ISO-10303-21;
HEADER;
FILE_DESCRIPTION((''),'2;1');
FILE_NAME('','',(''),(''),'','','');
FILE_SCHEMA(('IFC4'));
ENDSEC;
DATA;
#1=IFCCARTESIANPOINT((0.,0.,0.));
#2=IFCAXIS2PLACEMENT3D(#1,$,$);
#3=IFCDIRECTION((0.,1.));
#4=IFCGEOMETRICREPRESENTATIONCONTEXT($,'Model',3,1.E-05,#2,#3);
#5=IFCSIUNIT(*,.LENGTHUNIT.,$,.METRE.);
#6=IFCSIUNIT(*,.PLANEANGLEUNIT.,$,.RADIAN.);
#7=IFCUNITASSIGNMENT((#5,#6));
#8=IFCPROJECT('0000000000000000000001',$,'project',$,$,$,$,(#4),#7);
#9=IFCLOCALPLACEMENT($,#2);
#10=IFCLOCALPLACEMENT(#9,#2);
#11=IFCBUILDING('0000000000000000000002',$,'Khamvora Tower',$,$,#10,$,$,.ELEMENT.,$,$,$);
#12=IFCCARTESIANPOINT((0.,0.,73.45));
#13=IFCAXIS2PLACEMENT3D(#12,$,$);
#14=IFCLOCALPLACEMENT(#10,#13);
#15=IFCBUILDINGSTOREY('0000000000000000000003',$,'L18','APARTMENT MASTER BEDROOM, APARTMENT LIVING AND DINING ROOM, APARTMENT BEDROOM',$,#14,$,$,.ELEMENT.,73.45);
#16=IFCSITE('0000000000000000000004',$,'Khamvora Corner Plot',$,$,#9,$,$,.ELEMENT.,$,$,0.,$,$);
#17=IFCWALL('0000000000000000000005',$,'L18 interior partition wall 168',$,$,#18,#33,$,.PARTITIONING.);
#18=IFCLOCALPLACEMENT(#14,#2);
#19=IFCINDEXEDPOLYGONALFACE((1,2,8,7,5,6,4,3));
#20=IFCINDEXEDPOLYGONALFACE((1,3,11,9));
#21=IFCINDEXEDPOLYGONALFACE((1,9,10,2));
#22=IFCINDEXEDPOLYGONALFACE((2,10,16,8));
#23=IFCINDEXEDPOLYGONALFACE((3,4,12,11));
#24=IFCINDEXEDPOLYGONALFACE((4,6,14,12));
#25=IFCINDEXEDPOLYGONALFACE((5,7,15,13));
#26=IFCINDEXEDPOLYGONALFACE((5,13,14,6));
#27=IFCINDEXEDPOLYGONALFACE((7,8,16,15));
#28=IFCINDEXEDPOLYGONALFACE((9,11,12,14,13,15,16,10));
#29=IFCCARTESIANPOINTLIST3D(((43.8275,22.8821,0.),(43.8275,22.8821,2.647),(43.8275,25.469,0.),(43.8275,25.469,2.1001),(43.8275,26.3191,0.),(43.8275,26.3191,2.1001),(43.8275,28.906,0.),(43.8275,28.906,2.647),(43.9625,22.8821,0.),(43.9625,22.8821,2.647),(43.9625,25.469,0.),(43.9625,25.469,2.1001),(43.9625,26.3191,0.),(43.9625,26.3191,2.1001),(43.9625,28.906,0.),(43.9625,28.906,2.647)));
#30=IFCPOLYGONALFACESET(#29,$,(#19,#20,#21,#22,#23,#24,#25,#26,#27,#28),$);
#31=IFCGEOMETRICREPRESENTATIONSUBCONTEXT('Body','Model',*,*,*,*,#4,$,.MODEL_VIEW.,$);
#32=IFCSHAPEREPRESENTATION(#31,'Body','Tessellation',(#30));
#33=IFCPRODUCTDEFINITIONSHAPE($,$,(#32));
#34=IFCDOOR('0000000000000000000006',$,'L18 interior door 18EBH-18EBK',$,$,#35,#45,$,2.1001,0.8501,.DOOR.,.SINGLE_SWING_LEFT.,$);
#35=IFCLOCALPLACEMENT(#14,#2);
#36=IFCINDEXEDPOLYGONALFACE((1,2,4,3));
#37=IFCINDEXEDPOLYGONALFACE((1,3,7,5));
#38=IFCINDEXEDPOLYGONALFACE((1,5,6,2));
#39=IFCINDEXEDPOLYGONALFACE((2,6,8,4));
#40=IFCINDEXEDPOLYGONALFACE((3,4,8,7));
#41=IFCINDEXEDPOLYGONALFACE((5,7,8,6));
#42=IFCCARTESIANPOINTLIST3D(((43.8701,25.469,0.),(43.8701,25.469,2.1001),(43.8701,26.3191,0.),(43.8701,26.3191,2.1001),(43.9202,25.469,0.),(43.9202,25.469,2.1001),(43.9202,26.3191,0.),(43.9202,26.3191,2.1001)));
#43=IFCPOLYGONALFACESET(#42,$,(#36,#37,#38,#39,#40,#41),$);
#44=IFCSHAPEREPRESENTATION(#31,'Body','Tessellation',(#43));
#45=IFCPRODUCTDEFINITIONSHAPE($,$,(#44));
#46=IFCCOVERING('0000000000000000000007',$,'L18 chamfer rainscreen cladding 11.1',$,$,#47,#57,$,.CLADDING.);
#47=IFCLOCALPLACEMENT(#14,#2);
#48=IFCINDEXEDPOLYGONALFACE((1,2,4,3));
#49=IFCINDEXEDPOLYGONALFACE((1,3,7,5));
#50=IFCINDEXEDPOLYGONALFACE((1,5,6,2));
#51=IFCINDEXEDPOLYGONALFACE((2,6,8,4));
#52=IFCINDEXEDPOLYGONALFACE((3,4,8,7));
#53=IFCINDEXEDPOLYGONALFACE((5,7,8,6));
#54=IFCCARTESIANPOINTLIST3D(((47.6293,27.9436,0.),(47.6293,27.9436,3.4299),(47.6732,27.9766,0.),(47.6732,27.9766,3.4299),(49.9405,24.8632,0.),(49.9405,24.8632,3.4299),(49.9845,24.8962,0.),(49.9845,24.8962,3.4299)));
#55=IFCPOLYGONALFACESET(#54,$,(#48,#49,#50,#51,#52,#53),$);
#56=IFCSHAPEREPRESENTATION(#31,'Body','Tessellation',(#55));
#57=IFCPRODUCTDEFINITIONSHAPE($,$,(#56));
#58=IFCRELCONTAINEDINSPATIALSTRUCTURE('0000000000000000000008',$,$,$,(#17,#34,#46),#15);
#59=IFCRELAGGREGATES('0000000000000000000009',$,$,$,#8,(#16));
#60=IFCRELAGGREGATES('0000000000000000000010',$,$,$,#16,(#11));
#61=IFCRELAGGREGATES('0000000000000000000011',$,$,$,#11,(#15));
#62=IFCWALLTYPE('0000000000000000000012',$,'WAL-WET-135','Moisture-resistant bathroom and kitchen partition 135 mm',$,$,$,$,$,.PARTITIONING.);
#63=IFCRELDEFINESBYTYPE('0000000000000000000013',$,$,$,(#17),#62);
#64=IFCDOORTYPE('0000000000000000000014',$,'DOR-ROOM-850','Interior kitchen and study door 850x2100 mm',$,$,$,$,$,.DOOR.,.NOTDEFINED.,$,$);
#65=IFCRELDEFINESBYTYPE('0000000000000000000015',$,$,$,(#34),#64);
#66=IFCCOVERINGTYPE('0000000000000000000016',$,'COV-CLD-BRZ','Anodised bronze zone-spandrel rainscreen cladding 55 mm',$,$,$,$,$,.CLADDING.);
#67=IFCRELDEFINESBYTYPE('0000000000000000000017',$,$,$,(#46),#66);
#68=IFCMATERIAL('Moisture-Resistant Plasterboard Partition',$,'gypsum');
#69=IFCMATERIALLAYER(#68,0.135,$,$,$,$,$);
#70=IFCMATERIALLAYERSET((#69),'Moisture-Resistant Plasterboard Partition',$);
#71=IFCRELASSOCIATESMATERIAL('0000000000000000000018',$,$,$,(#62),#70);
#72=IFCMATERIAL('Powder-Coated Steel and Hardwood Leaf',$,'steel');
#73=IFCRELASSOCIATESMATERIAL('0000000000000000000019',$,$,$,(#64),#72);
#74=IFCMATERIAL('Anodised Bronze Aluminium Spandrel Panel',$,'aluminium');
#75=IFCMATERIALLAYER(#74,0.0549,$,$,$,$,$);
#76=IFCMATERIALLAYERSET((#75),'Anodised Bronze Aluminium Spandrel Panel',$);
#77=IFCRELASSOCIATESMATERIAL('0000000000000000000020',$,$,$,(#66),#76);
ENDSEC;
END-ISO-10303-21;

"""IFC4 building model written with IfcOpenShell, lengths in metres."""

from ifc_helpers import new_model, si_unit, direction, frame, frame_2d, origin, origin_2d, place, context, subcontext, project, spatial, rectangle, extrude, material, layer, layer_set, type_object, element, fill, save


model = new_model("IFC4")

# Units and contexts
model_context = context("Model", 3, precision=1e-05, world=origin(), true_north=direction((0.0, 1.0)))
body_context = subcontext(model_context, "Body", "Model", "MODEL_VIEW")
ifc_project = project(units=[si_unit("LENGTHUNIT", "METRE"), si_unit("PLANEANGLEUNIT", "RADIAN")], contexts=[model_context])

# Site, building, storey
site_placement = place(None, origin())
site = spatial("IfcSite", under=ifc_project, at=site_placement, Name="Khamvora Corner Plot", CompositionType="ELEMENT", RefElevation=0.0)
building_placement = place(site_placement, origin())
building = spatial("IfcBuilding", under=site, at=building_placement, Name="Khamvora Tower", CompositionType="ELEMENT")
storey_placement = place(building_placement, frame((0.0, 0.0, 73.45)))
storey = spatial("IfcBuildingStorey", under=building, at=storey_placement, Name="L18", Description="APARTMENT MASTER BEDROOM, APARTMENT LIVING AND DINING ROOM, APARTMENT BEDROOM", CompositionType="ELEMENT", Elevation=73.45)

# Shared definitions
ifc_material_1 = material(Name="Powder-Coated Steel and Hardwood Leaf", Category="steel")

# Wall, opening, door
ifc_material_2 = material(Name="Moisture-Resistant Plasterboard Partition", Category="gypsum")
ifc_layer_1 = layer(ifc_material_2, 0.135)
ifc_layer_set_1 = layer_set([ifc_layer_1], Name="Moisture-Resistant Plasterboard Partition")
wall_type_1 = type_object("IfcWallType", Name="WAL-WET-135", Description="Moisture-resistant bathroom and kitchen partition 135 mm", PredefinedType="PARTITIONING", material=ifc_layer_set_1)
door_type_1 = type_object("IfcDoorType", Name="DOR-ROOM-850", Description="Interior kitchen and study door 850x2100 mm", OperationType="NOTDEFINED", PredefinedType="DOOR", material=ifc_material_1)
wall_1_placement = place(storey_placement, frame((43.895, 22.8821, 0.0), z_axis=(0.0, 0.0, 1.0), x_axis=(0.0, 1.0, 0.0)))
wall_1 = element("IfcWall", 1, at=wall_1_placement, inside=storey, type_object=wall_type_1, Name="L18 interior partition wall 168", PredefinedType="PARTITIONING", context=body_context, shape_type="SweptSolid", body=[
    extrude(rectangle(XDim=6.0239, YDim=0.135, at=frame_2d((3.012, 0.0))), origin(), (0.0, 0.0, 1.0), 2.647),
])
opening_1_placement = place(wall_1_placement, frame((2.5869, 0.0, 0.0)))
opening_1 = element("IfcOpeningElement", 2, at=opening_1_placement, cuts=wall_1, PredefinedType="OPENING", context=body_context, shape_type="SweptSolid", body=[
    extrude(rectangle(XDim=0.8501, YDim=2.1001, at=frame_2d((0.425, 1.05))), frame((0.0, 0.0774, 0.0), z_axis=(0.0, -1.0, 0.0), x_axis=(1.0, 0.0, 0.0)), (0.0, 0.0, 1.0), 0.155),
])
door_1_placement = place(opening_1_placement, origin())
door_1 = element("IfcDoor", 3, at=door_1_placement, inside=storey, type_object=door_type_1, Name="L18 interior door 18EBH-18EBK", OperationType="SINGLE_SWING_LEFT", OverallHeight=2.1001, OverallWidth=0.8501, PredefinedType="DOOR", context=body_context, shape_type="SweptSolid", body=[
    extrude(rectangle(XDim=0.8501, YDim=2.1001, at=frame_2d((0.425, 1.05))), frame((0.0, 0.0249, 0.0), z_axis=(0.0, -1.0, 0.0), x_axis=(1.0, 0.0, 0.0)), (0.0, 0.0, 1.0), 0.05),
])
fill(opening_1, door_1)

# Covering
ifc_material_3 = material(Name="Anodised Bronze Aluminium Spandrel Panel", Category="aluminium")
ifc_layer_2 = layer(ifc_material_3, 0.0549)
ifc_layer_set_2 = layer_set([ifc_layer_2], Name="Anodised Bronze Aluminium Spandrel Panel")
covering_type = type_object("IfcCoveringType", Name="COV-CLD-BRZ", Description="Anodised bronze zone-spandrel rainscreen cladding 55 mm", PredefinedType="CLADDING", material=ifc_layer_set_2)
covering_placement = place(storey_placement, frame((48.8069, 26.4199, 0.0), z_axis=(0.0, 0.0, 1.0), x_axis=(0.600162, -0.799878, 0.0)))
element("IfcCovering", 4, at=covering_placement, inside=storey, type_object=covering_type, Name="L18 chamfer rainscreen cladding 11.1", PredefinedType="CLADDING", context=body_context, shape_type="SweptSolid", body=[
    extrude(rectangle(XDim=3.8511, YDim=0.0549, at=origin_2d()), origin(), (0.0, 0.0, 1.0), 3.4299),
])

save(model, "model.ifc")
